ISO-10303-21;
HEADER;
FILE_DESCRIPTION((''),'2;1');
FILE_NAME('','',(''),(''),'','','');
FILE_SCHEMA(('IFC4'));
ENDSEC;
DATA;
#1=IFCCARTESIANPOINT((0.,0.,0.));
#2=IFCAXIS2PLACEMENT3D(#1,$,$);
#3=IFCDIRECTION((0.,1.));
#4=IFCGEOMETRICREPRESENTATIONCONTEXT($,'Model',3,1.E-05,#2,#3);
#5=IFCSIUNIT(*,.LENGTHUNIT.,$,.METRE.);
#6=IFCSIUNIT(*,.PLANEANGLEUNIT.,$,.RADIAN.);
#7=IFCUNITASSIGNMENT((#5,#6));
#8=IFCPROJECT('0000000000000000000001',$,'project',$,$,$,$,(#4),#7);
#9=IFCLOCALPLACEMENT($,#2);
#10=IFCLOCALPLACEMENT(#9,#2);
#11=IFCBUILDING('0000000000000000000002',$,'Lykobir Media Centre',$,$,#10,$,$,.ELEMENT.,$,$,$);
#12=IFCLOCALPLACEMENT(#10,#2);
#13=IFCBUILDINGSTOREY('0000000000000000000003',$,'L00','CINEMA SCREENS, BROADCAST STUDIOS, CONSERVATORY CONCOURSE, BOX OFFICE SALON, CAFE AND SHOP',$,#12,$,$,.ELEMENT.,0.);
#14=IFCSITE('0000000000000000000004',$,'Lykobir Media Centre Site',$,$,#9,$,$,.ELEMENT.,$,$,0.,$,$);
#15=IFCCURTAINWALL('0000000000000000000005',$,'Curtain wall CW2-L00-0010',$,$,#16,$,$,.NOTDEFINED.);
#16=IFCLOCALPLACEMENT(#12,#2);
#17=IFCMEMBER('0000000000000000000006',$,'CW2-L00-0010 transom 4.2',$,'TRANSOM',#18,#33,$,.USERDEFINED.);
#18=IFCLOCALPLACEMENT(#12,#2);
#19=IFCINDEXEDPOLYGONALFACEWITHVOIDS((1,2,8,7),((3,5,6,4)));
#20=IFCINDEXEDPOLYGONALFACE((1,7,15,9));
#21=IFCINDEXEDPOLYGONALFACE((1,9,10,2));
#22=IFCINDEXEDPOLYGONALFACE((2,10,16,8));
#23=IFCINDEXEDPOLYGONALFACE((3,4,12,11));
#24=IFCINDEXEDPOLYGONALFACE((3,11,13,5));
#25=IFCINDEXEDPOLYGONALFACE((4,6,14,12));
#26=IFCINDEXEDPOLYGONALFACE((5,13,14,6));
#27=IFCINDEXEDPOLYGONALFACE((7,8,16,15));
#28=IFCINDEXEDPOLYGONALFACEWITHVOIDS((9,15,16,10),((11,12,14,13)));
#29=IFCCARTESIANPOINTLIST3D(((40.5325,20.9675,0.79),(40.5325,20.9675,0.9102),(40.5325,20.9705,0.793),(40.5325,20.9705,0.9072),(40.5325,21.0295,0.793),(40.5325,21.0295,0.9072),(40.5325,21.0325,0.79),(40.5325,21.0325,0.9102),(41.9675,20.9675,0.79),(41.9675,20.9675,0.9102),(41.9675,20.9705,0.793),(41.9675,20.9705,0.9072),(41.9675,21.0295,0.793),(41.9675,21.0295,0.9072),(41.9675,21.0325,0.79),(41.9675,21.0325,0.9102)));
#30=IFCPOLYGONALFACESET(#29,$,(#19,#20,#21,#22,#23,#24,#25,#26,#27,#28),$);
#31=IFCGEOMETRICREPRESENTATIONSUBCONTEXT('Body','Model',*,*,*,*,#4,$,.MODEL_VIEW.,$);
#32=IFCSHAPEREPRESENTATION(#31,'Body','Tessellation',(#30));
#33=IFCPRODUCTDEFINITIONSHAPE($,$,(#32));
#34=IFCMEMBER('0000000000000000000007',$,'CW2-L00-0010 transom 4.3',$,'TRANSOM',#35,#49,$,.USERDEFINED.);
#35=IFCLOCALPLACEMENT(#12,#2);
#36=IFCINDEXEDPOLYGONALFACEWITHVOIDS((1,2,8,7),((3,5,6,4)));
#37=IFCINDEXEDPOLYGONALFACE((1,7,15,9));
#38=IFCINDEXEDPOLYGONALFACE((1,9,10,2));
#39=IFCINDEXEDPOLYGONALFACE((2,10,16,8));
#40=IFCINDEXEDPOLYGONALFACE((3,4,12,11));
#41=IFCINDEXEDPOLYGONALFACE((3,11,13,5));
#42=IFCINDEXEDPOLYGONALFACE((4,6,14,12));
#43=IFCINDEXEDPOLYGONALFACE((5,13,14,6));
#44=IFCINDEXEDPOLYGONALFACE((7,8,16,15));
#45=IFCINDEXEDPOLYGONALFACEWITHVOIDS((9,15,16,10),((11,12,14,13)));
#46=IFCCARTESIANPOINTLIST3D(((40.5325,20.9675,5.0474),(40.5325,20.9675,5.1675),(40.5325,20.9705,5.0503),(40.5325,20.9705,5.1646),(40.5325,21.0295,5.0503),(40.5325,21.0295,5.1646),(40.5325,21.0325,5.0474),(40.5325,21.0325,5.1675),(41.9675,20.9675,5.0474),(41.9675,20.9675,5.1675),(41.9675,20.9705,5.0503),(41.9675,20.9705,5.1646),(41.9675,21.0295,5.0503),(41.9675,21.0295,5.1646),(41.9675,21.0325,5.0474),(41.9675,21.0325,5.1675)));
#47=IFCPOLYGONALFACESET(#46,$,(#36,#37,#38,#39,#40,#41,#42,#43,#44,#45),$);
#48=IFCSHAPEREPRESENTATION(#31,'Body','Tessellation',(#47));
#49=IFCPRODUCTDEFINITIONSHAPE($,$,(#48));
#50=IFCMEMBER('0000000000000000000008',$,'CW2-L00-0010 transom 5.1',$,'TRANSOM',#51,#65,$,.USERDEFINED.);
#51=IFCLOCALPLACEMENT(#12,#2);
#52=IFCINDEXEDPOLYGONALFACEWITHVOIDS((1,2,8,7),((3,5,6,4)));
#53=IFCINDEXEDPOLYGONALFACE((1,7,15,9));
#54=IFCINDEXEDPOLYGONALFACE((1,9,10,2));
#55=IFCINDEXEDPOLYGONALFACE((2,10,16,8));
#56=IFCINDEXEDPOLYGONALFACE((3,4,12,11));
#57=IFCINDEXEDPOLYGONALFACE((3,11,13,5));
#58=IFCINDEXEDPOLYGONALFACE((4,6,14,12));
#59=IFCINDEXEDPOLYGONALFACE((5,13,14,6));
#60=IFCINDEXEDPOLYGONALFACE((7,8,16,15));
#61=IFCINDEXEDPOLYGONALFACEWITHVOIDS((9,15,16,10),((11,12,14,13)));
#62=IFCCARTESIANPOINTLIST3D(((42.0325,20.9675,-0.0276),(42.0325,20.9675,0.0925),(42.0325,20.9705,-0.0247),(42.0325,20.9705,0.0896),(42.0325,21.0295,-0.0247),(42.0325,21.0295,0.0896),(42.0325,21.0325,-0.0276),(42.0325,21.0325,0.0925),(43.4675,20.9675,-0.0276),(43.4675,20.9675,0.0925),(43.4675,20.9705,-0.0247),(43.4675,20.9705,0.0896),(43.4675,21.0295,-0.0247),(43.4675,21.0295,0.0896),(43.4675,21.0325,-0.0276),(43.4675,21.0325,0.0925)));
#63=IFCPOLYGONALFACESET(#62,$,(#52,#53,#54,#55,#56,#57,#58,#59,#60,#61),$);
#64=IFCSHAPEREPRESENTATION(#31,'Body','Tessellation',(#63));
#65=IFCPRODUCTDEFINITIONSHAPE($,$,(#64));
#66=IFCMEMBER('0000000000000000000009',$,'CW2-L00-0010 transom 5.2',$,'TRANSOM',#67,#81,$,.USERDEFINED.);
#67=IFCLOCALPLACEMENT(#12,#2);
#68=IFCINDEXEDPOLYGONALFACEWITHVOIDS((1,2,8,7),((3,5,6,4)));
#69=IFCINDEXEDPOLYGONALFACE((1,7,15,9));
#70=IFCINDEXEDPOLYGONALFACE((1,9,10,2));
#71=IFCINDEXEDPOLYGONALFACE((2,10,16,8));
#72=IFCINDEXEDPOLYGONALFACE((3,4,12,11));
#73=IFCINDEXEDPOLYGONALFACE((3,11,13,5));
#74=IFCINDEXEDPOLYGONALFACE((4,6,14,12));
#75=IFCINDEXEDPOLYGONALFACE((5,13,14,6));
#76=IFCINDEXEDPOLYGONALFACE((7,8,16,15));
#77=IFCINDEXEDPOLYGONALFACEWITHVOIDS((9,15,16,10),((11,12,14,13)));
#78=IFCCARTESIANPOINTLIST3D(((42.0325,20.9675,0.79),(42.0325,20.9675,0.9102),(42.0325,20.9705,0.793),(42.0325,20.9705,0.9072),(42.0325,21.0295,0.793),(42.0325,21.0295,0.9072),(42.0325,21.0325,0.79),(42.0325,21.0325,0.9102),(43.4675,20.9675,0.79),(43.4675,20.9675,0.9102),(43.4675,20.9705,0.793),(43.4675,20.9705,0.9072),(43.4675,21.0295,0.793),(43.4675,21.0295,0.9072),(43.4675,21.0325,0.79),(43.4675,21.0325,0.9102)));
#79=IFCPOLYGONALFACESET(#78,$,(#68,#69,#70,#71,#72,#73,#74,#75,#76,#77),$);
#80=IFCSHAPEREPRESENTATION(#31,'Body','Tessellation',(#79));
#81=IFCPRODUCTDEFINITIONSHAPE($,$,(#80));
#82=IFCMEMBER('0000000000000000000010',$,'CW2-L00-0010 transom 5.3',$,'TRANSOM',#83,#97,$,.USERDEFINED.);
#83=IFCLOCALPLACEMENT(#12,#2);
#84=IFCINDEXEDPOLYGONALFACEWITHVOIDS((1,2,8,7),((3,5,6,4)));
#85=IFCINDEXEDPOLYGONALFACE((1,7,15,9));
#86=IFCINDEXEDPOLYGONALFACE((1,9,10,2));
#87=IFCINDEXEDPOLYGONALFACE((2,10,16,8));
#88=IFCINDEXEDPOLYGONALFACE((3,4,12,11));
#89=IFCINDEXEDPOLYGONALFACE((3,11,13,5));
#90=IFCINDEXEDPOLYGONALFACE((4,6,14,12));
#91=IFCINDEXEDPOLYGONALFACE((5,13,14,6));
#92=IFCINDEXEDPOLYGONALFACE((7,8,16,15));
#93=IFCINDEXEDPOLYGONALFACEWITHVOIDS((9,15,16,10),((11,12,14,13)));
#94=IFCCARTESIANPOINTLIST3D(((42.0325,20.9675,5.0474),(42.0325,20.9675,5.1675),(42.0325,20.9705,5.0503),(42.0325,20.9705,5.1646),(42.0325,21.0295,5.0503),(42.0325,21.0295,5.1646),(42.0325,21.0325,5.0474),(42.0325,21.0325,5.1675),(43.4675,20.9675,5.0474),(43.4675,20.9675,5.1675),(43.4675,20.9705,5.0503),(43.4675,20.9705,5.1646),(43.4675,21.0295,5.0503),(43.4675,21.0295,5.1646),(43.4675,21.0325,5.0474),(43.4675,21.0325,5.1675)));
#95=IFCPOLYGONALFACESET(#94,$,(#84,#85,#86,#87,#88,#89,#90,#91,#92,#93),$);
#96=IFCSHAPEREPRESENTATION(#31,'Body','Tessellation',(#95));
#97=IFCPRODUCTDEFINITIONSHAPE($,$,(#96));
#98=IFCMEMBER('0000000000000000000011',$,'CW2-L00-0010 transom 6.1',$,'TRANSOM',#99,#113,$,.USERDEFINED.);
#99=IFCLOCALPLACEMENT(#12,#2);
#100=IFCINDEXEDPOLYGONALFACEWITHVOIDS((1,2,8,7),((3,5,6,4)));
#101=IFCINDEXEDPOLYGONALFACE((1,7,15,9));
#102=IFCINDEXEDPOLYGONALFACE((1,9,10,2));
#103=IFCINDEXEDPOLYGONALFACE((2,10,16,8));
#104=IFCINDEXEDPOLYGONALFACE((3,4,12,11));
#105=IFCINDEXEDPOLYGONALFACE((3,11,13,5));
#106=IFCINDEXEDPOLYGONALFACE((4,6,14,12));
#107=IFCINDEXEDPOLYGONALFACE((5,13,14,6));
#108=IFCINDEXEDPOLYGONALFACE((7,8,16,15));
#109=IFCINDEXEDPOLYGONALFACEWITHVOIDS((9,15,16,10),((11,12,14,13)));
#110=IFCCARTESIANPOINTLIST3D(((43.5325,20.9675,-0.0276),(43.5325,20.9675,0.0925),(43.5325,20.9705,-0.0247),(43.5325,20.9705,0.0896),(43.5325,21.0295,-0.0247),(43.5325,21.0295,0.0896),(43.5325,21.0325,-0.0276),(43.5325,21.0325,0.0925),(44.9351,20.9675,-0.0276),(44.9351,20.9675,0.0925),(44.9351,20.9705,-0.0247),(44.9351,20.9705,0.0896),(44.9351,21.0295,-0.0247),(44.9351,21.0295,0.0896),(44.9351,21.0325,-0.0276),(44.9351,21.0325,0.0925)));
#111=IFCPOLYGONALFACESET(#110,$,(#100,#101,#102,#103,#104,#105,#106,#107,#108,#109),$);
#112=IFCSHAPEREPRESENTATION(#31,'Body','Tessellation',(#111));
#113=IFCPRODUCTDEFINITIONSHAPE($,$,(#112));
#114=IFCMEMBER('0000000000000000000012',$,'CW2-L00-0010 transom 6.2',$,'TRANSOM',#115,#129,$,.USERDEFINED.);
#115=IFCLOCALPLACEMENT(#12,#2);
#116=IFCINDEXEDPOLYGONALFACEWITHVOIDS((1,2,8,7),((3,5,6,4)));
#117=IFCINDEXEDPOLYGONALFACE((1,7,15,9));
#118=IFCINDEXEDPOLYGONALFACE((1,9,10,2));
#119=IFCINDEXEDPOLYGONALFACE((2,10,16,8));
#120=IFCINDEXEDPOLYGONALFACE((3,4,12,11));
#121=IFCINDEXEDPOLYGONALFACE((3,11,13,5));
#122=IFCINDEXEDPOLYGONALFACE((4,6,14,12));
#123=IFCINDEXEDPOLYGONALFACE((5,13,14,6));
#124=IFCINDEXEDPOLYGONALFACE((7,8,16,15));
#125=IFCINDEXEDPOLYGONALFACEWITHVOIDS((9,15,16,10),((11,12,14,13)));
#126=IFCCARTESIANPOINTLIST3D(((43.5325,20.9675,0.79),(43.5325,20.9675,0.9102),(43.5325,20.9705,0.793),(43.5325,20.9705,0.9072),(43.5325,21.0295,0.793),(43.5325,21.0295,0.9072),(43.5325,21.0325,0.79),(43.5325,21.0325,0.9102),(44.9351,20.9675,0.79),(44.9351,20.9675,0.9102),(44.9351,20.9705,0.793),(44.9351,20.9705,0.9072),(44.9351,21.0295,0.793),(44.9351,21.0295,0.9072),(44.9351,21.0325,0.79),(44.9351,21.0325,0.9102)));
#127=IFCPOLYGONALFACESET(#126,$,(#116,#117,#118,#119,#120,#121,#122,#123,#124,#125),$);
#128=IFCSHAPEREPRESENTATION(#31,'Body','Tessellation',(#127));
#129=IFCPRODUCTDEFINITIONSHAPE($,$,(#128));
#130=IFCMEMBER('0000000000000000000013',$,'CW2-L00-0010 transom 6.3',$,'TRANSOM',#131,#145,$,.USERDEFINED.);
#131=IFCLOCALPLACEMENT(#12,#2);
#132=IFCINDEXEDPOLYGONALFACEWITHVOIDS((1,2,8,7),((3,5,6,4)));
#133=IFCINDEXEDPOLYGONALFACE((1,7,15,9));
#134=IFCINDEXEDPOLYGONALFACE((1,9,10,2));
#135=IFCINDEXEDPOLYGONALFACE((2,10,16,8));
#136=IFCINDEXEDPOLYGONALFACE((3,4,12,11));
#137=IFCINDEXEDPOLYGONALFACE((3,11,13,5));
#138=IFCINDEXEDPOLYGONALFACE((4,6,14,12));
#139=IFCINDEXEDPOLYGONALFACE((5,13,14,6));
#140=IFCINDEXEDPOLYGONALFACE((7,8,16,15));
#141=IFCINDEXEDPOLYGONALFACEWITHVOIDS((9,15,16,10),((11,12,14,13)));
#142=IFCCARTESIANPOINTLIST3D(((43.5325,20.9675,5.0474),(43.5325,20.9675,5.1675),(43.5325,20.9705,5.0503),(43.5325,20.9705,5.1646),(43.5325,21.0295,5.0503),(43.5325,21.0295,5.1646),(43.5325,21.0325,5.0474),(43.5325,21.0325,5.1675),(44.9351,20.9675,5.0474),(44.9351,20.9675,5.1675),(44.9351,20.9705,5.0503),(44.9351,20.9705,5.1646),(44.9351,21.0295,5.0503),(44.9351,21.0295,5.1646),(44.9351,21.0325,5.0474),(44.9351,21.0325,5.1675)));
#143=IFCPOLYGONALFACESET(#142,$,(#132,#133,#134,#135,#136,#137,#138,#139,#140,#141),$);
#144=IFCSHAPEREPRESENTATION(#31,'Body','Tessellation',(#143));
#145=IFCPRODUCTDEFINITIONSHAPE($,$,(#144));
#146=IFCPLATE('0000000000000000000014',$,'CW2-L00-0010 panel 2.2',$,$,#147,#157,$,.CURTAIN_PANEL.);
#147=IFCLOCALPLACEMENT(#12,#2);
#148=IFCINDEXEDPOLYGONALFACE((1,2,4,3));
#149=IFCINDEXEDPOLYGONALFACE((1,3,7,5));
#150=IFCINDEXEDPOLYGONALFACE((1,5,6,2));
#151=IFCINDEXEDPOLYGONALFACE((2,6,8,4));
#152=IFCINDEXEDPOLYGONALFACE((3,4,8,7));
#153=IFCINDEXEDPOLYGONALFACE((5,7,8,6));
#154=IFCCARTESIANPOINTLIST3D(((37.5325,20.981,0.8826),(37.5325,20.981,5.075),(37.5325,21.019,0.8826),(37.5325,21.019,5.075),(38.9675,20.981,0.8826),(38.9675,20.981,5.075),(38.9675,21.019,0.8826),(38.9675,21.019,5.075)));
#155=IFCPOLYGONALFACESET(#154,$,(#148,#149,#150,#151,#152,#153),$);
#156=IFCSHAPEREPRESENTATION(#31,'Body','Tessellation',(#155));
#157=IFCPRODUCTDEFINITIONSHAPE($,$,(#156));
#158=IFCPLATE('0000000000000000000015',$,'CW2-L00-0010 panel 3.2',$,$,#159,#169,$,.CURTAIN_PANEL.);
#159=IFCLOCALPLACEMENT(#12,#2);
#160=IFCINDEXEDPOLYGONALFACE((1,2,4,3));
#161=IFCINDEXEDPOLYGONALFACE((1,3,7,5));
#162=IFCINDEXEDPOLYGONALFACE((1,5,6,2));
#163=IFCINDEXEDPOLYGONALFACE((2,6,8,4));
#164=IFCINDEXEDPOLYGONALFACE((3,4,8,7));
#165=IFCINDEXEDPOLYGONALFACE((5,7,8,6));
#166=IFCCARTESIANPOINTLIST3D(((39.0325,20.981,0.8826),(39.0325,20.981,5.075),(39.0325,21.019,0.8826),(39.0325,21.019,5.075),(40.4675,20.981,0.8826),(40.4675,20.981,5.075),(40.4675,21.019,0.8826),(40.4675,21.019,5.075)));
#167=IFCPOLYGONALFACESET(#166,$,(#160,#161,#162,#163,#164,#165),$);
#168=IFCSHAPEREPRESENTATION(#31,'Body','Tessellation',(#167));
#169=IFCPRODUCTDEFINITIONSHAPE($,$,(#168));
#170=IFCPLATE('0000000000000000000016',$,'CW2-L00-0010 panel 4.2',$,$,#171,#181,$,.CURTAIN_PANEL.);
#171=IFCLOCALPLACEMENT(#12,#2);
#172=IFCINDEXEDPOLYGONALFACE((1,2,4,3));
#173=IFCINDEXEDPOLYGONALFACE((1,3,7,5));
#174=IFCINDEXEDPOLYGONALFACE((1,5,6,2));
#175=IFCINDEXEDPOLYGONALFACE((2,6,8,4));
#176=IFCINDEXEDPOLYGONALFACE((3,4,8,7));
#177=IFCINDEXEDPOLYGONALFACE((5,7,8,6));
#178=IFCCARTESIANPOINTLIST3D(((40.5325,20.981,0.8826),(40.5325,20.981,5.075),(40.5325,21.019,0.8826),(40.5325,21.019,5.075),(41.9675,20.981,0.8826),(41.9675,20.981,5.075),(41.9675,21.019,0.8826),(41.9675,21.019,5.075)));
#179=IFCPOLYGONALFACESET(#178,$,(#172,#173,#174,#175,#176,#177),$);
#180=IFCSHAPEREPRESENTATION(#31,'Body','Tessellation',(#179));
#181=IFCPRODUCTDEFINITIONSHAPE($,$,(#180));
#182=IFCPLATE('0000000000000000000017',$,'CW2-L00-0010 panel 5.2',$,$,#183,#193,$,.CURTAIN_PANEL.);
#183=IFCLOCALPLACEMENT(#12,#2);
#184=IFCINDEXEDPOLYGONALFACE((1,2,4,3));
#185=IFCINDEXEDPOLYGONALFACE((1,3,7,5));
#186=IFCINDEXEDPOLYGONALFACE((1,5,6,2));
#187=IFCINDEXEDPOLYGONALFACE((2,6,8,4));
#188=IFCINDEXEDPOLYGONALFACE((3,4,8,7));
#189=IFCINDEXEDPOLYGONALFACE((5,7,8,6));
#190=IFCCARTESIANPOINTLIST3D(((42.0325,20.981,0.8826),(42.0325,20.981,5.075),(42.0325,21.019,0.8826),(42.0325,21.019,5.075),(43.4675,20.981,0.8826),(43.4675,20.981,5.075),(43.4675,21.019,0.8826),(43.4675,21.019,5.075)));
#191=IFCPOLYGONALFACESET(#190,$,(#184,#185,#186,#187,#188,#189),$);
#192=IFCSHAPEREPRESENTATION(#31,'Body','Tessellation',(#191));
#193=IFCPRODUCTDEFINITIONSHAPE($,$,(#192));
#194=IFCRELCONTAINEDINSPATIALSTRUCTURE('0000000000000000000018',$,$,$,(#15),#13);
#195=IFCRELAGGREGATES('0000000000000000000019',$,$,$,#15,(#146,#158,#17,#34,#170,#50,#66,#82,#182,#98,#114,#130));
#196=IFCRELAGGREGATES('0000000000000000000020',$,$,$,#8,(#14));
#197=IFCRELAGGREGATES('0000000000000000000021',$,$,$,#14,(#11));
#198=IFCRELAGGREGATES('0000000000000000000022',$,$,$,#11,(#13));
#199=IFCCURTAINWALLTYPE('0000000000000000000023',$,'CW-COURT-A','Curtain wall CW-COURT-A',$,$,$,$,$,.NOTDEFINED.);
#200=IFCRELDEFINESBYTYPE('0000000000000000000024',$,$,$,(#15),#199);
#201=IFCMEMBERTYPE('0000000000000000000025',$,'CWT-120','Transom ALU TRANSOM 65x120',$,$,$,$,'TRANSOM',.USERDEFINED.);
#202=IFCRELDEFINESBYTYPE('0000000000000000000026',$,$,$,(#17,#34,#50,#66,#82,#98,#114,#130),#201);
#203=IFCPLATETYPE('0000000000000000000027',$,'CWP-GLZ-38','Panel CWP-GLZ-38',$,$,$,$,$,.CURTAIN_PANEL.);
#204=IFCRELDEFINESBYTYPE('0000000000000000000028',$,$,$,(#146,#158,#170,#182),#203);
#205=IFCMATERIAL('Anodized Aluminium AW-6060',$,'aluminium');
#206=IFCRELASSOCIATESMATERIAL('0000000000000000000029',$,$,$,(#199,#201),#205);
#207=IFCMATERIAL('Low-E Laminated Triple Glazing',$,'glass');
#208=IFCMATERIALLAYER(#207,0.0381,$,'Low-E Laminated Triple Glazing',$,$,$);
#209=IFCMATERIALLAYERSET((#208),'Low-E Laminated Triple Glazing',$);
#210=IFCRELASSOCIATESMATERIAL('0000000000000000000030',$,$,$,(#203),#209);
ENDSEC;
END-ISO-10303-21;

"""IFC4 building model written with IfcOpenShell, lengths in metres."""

from ifc_helpers import new_model, si_unit, direction, frame, origin, origin_2d, place, context, subcontext, project, spatial, rectangle, hollow_rectangle, extrude, material, layer, layer_set, material_profile, profile_set, type_object, element, aggregate, save


model = new_model("IFC4")

# Units and contexts
model_context = context("Model", 3, precision=1e-05, world=origin(), true_north=direction((0.0, 1.0)))
body_context = subcontext(model_context, "Body", "Model", "MODEL_VIEW")
ifc_project = project(units=[si_unit("LENGTHUNIT", "METRE"), si_unit("PLANEANGLEUNIT", "RADIAN")], contexts=[model_context])

# Site, building, storey
site_placement = place(None, origin())
site = spatial("IfcSite", under=ifc_project, at=site_placement, Name="Lykobir Media Centre Site", CompositionType="ELEMENT", RefElevation=0.0)
building_placement = place(site_placement, origin())
building = spatial("IfcBuilding", under=site, at=building_placement, Name="Lykobir Media Centre", CompositionType="ELEMENT")
storey_placement = place(building_placement, origin())
storey = spatial("IfcBuildingStorey", under=building, at=storey_placement, Name="L00", Description="CINEMA SCREENS, BROADCAST STUDIOS, CONSERVATORY CONCOURSE, BOX OFFICE SALON, CAFE AND SHOP", CompositionType="ELEMENT", Elevation=0.0)

# Curtain wall, members, plates
ifc_material_1 = material(Name="Anodized Aluminium AW-6060", Category="aluminium")
curtain_wall_type = type_object("IfcCurtainWallType", Name="CW-COURT-A", Description="Curtain wall CW-COURT-A", PredefinedType="NOTDEFINED", material=ifc_material_1)
curtain_wall_placement = place(storey_placement, origin())
curtain_wall = element("IfcCurtainWall", 1, at=curtain_wall_placement, inside=storey, type_object=curtain_wall_type, Name="Curtain wall CW2-L00-0010", PredefinedType="NOTDEFINED")
ifc_material_profile_1 = material_profile(ifc_material_1, hollow_rectangle(XDim=0.0649, YDim=0.1201, WallThickness=0.0029, at=origin_2d()), Name="ALU TRANSOM 65x120")
ifc_profile_set_1 = profile_set([ifc_material_profile_1], Name="Anodized Aluminium AW-6060")
member_type_1 = type_object("IfcMemberType", Name="CWT-120", Description="Transom ALU TRANSOM 65x120", ElementType="TRANSOM", PredefinedType="USERDEFINED", material=ifc_profile_set_1)
member_1_placement = place(storey_placement, frame((40.5325, 21.0, 0.8501), z_axis=(1.0, 0.0, 0.0), x_axis=(0.0, 1.0, 0.0)))
member_1 = element("IfcMember", 2, at=member_1_placement, type_object=member_type_1, Name="CW2-L00-0010 transom 4.2", ObjectType="TRANSOM", PredefinedType="USERDEFINED", context=body_context, shape_type="SweptSolid", body=[
    extrude(hollow_rectangle(XDim=0.0649, YDim=0.1201, WallThickness=0.0029, at=origin_2d()), origin(), (0.0, 0.0, 1.0), 1.4351),
])
member_2_placement = place(storey_placement, frame((40.5325, 21.0, 5.1074), z_axis=(1.0, 0.0, 0.0), x_axis=(0.0, 1.0, 0.0)))
member_2 = element("IfcMember", 3, at=member_2_placement, type_object=member_type_1, Name="CW2-L00-0010 transom 4.3", ObjectType="TRANSOM", PredefinedType="USERDEFINED", context=body_context, shape_type="SweptSolid", body=[
    extrude(hollow_rectangle(XDim=0.0649, YDim=0.1201, WallThickness=0.0029, at=origin_2d()), origin(), (0.0, 0.0, 1.0), 1.4351),
])
member_3_placement = place(storey_placement, frame((42.0325, 21.0, 0.0325), z_axis=(1.0, 0.0, 0.0), x_axis=(0.0, 1.0, 0.0)))
member_3 = element("IfcMember", 4, at=member_3_placement, type_object=member_type_1, Name="CW2-L00-0010 transom 5.1", ObjectType="TRANSOM", PredefinedType="USERDEFINED", context=body_context, shape_type="SweptSolid", body=[
    extrude(hollow_rectangle(XDim=0.0649, YDim=0.1201, WallThickness=0.0029, at=origin_2d()), origin(), (0.0, 0.0, 1.0), 1.4351),
])
member_4_placement = place(storey_placement, frame((42.0325, 21.0, 0.8501), z_axis=(1.0, 0.0, 0.0), x_axis=(0.0, 1.0, 0.0)))
member_4 = element("IfcMember", 5, at=member_4_placement, type_object=member_type_1, Name="CW2-L00-0010 transom 5.2", ObjectType="TRANSOM", PredefinedType="USERDEFINED", context=body_context, shape_type="SweptSolid", body=[
    extrude(hollow_rectangle(XDim=0.0649, YDim=0.1201, WallThickness=0.0029, at=origin_2d()), origin(), (0.0, 0.0, 1.0), 1.4351),
])
member_5_placement = place(storey_placement, frame((42.0325, 21.0, 5.1074), z_axis=(1.0, 0.0, 0.0), x_axis=(0.0, 1.0, 0.0)))
member_5 = element("IfcMember", 6, at=member_5_placement, type_object=member_type_1, Name="CW2-L00-0010 transom 5.3", ObjectType="TRANSOM", PredefinedType="USERDEFINED", context=body_context, shape_type="SweptSolid", body=[
    extrude(hollow_rectangle(XDim=0.0649, YDim=0.1201, WallThickness=0.0029, at=origin_2d()), origin(), (0.0, 0.0, 1.0), 1.4351),
])
member_6_placement = place(storey_placement, frame((43.5325, 21.0, 0.0325), z_axis=(1.0, 0.0, 0.0), x_axis=(0.0, 1.0, 0.0)))
member_6 = element("IfcMember", 7, at=member_6_placement, type_object=member_type_1, Name="CW2-L00-0010 transom 6.1", ObjectType="TRANSOM", PredefinedType="USERDEFINED", context=body_context, shape_type="SweptSolid", body=[
    extrude(hollow_rectangle(XDim=0.0649, YDim=0.1201, WallThickness=0.0029, at=origin_2d()), origin(), (0.0, 0.0, 1.0), 1.4026),
])
member_7_placement = place(storey_placement, frame((43.5325, 21.0, 0.8501), z_axis=(1.0, 0.0, 0.0), x_axis=(0.0, 1.0, 0.0)))
member_7 = element("IfcMember", 8, at=member_7_placement, type_object=member_type_1, Name="CW2-L00-0010 transom 6.2", ObjectType="TRANSOM", PredefinedType="USERDEFINED", context=body_context, shape_type="SweptSolid", body=[
    extrude(hollow_rectangle(XDim=0.0649, YDim=0.1201, WallThickness=0.0029, at=origin_2d()), origin(), (0.0, 0.0, 1.0), 1.4026),
])
member_8_placement = place(storey_placement, frame((43.5325, 21.0, 5.1074), z_axis=(1.0, 0.0, 0.0), x_axis=(0.0, 1.0, 0.0)))
member_8 = element("IfcMember", 9, at=member_8_placement, type_object=member_type_1, Name="CW2-L00-0010 transom 6.3", ObjectType="TRANSOM", PredefinedType="USERDEFINED", context=body_context, shape_type="SweptSolid", body=[
    extrude(hollow_rectangle(XDim=0.0649, YDim=0.1201, WallThickness=0.0029, at=origin_2d()), origin(), (0.0, 0.0, 1.0), 1.4026),
])
ifc_material_2 = material(Name="Low-E Laminated Triple Glazing", Category="glass")
ifc_layer_1 = layer(ifc_material_2, 0.0381, Name="Low-E Laminated Triple Glazing")
ifc_layer_set_1 = layer_set([ifc_layer_1], Name="Low-E Laminated Triple Glazing")
plate_type_1 = type_object("IfcPlateType", Name="CWP-GLZ-38", Description="Panel CWP-GLZ-38", PredefinedType="CURTAIN_PANEL", material=ifc_layer_set_1)
plate_1_placement = place(storey_placement, frame((38.25, 21.0, 0.8826), z_axis=(0.0, 0.0, 1.0), x_axis=(1.0, 0.0, 0.0)))
plate_1 = element("IfcPlate", 10, at=plate_1_placement, type_object=plate_type_1, Name="CW2-L00-0010 panel 2.2", PredefinedType="CURTAIN_PANEL", context=body_context, shape_type="SweptSolid", body=[
    extrude(rectangle(XDim=1.4351, YDim=0.0381, at=origin_2d()), origin(), (0.0, 0.0, 1.0), 4.1924),
])
plate_2_placement = place(storey_placement, frame((39.75, 21.0, 0.8826), z_axis=(0.0, 0.0, 1.0), x_axis=(1.0, 0.0, 0.0)))
plate_2 = element("IfcPlate", 11, at=plate_2_placement, type_object=plate_type_1, Name="CW2-L00-0010 panel 3.2", PredefinedType="CURTAIN_PANEL", context=body_context, shape_type="SweptSolid", body=[
    extrude(rectangle(XDim=1.4351, YDim=0.0381, at=origin_2d()), origin(), (0.0, 0.0, 1.0), 4.1924),
])
plate_3_placement = place(storey_placement, frame((41.25, 21.0, 0.8826), z_axis=(0.0, 0.0, 1.0), x_axis=(1.0, 0.0, 0.0)))
plate_3 = element("IfcPlate", 12, at=plate_3_placement, type_object=plate_type_1, Name="CW2-L00-0010 panel 4.2", PredefinedType="CURTAIN_PANEL", context=body_context, shape_type="SweptSolid", body=[
    extrude(rectangle(XDim=1.4351, YDim=0.0381, at=origin_2d()), origin(), (0.0, 0.0, 1.0), 4.1924),
])
plate_4_placement = place(storey_placement, frame((42.75, 21.0, 0.8826), z_axis=(0.0, 0.0, 1.0), x_axis=(1.0, 0.0, 0.0)))
plate_4 = element("IfcPlate", 13, at=plate_4_placement, type_object=plate_type_1, Name="CW2-L00-0010 panel 5.2", PredefinedType="CURTAIN_PANEL", context=body_context, shape_type="SweptSolid", body=[
    extrude(rectangle(XDim=1.4351, YDim=0.0381, at=origin_2d()), origin(), (0.0, 0.0, 1.0), 4.1924),
])
aggregate(curtain_wall, [plate_1, plate_2, member_1, member_2, plate_3, member_3, member_4, member_5, plate_4, member_6, member_7, member_8])

save(model, "model.ifc")
